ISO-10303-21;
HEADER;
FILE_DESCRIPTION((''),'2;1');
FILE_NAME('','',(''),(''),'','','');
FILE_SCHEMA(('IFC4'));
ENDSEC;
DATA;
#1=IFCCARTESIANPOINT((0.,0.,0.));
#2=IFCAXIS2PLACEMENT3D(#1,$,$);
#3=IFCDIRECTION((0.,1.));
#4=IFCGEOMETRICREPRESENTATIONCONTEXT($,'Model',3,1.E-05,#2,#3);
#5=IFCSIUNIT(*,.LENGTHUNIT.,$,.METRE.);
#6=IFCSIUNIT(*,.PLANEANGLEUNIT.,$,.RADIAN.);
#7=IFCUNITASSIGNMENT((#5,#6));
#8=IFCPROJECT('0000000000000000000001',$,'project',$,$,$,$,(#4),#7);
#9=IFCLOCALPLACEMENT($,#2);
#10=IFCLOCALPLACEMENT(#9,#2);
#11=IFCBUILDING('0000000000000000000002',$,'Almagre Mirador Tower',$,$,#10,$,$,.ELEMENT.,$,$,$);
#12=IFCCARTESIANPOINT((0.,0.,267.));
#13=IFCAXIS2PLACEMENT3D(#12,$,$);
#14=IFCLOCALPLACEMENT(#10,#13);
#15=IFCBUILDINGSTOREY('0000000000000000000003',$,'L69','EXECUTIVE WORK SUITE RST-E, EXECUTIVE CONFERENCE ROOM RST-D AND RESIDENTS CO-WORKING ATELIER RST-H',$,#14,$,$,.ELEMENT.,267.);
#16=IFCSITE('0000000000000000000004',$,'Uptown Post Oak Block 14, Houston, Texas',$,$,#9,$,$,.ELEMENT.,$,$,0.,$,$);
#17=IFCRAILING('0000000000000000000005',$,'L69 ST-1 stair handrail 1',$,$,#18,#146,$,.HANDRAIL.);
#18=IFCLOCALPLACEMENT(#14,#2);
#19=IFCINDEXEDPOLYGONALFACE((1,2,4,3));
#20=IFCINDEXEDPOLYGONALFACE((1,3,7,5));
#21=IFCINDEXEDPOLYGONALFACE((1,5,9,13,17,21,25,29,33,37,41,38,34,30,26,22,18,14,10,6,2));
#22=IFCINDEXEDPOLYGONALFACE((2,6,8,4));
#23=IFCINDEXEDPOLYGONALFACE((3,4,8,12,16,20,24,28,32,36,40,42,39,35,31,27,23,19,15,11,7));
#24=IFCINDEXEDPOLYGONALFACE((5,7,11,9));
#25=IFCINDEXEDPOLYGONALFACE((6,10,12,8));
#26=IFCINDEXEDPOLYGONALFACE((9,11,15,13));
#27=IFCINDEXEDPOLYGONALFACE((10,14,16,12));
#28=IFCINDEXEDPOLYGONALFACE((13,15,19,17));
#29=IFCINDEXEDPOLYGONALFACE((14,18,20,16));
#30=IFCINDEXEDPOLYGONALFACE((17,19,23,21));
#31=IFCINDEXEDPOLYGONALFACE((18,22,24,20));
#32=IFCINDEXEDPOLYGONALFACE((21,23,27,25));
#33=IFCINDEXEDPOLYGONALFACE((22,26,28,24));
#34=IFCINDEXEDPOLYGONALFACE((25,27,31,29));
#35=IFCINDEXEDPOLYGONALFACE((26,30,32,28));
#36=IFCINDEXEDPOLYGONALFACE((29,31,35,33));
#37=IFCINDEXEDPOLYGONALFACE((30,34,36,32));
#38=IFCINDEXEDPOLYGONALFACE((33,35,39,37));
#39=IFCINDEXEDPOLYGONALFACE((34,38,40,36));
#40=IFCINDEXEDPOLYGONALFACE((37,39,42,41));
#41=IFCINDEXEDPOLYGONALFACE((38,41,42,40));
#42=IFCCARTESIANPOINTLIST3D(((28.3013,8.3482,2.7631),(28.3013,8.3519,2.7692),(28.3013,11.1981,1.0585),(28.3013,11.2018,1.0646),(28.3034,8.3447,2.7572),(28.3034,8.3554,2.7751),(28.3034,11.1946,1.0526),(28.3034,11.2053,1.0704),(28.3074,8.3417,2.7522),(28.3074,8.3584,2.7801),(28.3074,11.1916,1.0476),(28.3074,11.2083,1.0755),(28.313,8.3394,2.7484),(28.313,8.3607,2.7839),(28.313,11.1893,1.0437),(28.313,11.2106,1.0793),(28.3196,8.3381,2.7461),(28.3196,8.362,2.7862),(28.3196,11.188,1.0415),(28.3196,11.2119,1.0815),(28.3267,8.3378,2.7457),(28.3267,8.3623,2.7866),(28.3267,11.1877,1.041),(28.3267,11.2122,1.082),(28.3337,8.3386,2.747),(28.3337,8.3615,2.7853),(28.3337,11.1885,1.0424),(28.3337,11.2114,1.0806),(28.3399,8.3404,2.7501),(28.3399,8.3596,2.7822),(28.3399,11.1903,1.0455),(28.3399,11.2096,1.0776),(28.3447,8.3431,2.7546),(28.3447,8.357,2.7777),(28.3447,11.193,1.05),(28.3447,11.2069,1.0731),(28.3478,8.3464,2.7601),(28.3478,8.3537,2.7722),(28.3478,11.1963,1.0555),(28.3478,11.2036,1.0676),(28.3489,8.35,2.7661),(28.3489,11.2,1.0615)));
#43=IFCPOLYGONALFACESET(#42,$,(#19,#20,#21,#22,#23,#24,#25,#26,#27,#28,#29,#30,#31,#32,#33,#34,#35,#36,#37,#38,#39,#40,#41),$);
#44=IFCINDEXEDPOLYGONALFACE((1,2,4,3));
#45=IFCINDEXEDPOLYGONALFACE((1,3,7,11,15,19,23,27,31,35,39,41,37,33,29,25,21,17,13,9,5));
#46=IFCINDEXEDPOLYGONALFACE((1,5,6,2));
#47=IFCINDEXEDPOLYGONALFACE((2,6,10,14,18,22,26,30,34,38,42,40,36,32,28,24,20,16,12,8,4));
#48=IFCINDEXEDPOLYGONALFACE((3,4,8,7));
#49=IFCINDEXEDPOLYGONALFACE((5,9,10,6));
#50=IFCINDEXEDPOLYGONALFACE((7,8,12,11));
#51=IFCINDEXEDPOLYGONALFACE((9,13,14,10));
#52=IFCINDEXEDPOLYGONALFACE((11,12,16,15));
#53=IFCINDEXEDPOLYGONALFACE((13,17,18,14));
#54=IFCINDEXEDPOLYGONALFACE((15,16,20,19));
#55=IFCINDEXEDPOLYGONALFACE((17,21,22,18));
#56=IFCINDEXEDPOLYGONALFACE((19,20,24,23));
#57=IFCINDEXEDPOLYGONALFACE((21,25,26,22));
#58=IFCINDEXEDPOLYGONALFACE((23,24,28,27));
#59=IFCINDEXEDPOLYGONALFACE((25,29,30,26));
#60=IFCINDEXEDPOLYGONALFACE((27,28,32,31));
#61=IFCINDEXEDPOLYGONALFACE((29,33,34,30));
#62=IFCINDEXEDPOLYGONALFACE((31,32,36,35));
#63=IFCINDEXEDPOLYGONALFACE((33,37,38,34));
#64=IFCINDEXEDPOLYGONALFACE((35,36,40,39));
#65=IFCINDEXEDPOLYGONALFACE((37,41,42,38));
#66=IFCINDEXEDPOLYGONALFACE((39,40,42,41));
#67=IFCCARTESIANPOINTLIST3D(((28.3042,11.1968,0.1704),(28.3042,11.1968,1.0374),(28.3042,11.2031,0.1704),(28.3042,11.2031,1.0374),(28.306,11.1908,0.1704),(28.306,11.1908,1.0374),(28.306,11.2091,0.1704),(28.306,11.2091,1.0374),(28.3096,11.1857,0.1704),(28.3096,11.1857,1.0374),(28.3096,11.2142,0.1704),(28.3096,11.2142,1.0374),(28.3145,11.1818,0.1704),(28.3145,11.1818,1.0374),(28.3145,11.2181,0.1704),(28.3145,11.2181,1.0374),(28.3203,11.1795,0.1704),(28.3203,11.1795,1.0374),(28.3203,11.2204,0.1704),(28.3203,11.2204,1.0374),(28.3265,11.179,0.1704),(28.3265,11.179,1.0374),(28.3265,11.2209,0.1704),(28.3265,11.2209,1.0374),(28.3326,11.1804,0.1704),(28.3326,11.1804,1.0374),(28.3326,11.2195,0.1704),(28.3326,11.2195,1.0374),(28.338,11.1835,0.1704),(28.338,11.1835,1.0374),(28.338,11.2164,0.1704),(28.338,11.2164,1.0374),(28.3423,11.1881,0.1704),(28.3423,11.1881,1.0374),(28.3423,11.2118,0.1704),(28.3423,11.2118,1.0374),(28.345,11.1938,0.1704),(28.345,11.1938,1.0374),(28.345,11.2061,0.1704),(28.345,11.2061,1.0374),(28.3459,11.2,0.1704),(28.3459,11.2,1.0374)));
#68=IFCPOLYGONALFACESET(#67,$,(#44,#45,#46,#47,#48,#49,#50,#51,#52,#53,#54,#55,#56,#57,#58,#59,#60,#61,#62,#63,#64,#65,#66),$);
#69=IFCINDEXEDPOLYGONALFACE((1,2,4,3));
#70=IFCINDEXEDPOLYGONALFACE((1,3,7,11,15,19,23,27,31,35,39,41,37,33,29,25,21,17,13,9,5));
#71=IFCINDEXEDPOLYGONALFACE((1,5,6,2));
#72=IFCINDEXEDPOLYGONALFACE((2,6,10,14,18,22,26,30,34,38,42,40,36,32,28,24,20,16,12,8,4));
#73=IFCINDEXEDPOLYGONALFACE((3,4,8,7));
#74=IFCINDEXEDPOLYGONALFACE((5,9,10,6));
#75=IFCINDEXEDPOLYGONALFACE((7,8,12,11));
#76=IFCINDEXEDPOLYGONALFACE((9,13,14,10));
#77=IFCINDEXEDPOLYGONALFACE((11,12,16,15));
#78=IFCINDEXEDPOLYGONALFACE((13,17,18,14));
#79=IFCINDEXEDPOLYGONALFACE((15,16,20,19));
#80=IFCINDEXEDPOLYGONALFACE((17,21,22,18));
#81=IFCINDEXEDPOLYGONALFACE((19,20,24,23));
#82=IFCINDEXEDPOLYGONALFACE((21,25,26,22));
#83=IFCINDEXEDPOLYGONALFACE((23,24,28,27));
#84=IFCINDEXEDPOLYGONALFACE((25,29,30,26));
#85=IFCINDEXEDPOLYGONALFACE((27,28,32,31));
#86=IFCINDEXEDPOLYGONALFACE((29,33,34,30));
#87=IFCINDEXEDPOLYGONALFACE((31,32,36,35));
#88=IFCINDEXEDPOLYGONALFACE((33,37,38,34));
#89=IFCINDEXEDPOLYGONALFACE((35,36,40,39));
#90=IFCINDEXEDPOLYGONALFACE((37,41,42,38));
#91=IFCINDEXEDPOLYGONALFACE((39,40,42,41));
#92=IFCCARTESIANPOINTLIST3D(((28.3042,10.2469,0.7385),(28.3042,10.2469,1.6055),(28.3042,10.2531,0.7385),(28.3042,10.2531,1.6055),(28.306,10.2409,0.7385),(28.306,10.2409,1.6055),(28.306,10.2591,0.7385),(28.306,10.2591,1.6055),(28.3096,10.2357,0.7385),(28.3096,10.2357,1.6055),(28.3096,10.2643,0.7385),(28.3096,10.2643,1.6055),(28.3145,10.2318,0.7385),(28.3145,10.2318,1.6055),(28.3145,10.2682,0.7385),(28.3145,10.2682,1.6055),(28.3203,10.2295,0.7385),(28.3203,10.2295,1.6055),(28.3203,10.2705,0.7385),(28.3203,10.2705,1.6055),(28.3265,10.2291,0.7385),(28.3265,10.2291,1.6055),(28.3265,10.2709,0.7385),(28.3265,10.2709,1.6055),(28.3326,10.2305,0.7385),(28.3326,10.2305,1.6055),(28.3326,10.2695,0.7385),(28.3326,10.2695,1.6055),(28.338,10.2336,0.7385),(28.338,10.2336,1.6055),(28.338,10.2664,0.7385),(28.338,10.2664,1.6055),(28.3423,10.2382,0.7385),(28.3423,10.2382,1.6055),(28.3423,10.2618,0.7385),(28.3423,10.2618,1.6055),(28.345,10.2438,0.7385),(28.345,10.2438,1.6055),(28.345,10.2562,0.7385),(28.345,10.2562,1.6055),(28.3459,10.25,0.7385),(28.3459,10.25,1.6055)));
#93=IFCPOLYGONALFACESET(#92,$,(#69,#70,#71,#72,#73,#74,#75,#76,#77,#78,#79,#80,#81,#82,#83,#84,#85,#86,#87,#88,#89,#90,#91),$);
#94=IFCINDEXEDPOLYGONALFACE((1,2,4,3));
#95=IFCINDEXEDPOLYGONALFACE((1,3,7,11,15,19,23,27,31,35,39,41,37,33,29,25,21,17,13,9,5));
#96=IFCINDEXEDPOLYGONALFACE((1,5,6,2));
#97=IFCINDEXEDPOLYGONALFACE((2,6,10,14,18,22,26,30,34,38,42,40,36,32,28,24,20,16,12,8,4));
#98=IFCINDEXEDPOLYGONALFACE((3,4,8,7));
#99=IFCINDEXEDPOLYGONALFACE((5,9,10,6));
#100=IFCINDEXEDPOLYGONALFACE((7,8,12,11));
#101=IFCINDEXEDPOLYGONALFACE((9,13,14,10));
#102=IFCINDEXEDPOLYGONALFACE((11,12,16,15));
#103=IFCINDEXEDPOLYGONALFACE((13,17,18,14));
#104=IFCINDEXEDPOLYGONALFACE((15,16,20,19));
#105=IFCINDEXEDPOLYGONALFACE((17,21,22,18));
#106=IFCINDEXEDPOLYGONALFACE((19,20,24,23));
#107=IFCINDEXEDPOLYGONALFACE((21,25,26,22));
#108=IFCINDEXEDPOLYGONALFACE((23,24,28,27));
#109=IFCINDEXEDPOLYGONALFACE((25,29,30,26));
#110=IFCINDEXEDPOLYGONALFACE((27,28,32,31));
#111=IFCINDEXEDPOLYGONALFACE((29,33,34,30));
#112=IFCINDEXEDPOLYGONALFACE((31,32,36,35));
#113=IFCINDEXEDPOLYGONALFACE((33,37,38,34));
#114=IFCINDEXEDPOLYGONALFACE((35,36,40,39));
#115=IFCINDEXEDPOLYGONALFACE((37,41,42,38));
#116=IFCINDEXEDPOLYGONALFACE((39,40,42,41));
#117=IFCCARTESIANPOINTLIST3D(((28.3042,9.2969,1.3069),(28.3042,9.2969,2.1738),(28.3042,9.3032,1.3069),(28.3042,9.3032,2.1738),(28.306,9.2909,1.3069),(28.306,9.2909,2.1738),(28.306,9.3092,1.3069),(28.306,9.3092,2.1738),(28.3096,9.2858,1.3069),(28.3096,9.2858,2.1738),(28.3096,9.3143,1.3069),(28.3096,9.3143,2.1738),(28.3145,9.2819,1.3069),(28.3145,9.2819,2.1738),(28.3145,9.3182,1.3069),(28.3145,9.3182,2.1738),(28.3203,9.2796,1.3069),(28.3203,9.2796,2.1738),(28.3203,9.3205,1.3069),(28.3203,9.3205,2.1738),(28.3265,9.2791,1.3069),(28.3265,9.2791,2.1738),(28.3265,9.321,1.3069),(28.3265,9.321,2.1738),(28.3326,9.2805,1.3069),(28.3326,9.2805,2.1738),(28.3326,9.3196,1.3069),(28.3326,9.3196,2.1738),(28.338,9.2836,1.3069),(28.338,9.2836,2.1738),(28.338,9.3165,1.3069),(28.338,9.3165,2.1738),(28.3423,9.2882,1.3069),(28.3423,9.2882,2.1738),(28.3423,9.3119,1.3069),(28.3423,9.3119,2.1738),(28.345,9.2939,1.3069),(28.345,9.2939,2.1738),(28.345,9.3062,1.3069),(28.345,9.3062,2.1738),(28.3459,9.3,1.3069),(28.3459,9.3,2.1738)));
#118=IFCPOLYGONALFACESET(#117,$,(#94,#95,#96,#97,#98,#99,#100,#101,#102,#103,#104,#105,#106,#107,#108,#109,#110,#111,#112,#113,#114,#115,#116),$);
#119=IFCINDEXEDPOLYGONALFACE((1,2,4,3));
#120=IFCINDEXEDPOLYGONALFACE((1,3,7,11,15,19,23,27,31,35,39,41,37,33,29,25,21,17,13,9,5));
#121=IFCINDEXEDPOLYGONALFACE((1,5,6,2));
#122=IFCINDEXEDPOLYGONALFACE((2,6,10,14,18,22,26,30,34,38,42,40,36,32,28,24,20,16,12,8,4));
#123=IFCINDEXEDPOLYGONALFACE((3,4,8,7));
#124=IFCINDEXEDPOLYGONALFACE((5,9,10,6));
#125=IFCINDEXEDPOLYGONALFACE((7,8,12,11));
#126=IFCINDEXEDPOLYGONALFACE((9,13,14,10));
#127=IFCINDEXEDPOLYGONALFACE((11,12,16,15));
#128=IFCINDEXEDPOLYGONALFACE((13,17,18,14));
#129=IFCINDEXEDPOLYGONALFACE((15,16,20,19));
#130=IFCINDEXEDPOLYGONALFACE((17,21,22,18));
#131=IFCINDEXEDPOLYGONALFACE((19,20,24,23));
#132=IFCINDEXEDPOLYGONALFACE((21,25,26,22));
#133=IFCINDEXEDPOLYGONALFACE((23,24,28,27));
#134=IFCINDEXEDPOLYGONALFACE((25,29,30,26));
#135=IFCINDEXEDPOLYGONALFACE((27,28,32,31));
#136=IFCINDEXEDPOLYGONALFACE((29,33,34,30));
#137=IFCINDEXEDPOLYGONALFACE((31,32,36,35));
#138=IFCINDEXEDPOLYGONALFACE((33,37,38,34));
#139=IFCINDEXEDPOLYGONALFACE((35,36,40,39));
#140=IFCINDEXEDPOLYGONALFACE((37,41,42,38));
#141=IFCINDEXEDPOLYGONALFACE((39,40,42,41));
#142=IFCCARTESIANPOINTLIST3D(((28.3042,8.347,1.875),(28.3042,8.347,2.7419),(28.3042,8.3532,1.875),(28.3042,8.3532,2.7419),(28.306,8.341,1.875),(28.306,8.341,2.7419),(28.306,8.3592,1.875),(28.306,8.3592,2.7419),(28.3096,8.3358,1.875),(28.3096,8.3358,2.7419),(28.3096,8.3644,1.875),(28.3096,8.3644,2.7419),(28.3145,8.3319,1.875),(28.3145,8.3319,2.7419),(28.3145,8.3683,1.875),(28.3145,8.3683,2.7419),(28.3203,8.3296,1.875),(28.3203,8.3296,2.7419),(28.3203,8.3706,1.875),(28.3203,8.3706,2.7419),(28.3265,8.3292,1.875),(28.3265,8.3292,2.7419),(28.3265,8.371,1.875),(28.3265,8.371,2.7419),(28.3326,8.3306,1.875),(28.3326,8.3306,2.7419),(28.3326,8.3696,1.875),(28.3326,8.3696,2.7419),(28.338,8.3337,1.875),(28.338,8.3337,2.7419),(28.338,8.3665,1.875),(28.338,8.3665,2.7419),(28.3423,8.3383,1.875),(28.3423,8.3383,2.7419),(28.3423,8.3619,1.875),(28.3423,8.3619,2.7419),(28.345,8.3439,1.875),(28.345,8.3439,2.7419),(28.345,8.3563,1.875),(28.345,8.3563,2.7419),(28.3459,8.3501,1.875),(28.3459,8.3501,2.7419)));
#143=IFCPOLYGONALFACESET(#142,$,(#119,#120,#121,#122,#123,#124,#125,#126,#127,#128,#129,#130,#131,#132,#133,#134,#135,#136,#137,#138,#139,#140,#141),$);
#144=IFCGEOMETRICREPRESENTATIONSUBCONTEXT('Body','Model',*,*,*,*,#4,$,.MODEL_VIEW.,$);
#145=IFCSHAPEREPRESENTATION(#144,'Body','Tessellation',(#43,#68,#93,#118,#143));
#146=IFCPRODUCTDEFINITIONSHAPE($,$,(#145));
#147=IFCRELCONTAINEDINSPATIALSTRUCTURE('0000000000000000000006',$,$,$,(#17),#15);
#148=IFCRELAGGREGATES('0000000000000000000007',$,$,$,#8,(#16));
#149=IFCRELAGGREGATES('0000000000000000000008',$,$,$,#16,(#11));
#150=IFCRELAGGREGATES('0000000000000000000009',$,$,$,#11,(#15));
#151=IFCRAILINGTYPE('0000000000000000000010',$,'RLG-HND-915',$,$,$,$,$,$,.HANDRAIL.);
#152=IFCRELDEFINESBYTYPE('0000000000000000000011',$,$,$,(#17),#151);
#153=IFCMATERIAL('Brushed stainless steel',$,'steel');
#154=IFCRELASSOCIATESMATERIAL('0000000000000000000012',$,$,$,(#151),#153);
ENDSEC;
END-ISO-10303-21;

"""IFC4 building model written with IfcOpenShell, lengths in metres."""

from ifc_helpers import new_model, si_unit, direction, frame, origin, origin_2d, place, context, subcontext, project, spatial, circle, extrude, material, type_object, element, save


model = new_model("IFC4")

# Units and contexts
model_context = context("Model", 3, precision=1e-05, world=origin(), true_north=direction((0.0, 1.0)))
body_context = subcontext(model_context, "Body", "Model", "MODEL_VIEW")
ifc_project = project(units=[si_unit("LENGTHUNIT", "METRE"), si_unit("PLANEANGLEUNIT", "RADIAN")], contexts=[model_context])

# Site, building, storey
site_placement = place(None, origin())
site = spatial("IfcSite", under=ifc_project, at=site_placement, Name="Uptown Post Oak Block 14, Houston, Texas", CompositionType="ELEMENT", RefElevation=0.0)
building_placement = place(site_placement, origin())
building = spatial("IfcBuilding", under=site, at=building_placement, Name="Almagre Mirador Tower", CompositionType="ELEMENT")
storey_placement = place(building_placement, frame((0.0, 0.0, 267.0)))
storey = spatial("IfcBuildingStorey", under=building, at=storey_placement, Name="L69", Description="EXECUTIVE WORK SUITE RST-E, EXECUTIVE CONFERENCE ROOM RST-D AND RESIDENTS CO-WORKING ATELIER RST-H", CompositionType="ELEMENT", Elevation=267.0)

# Railing
ifc_material_1 = material(Name="Brushed stainless steel", Category="steel")
railing_type_1 = type_object("IfcRailingType", Name="RLG-HND-915", PredefinedType="HANDRAIL", material=ifc_material_1)
railing_1_placement = place(storey_placement, frame((28.325, 11.2, 0.1704)))
element("IfcRailing", 1, at=railing_1_placement, inside=storey, type_object=railing_type_1, Name="L69 ST-1 stair handrail 1", PredefinedType="HANDRAIL", context=body_context, shape_type="SweptSolid", body=[
    extrude(circle(Radius=0.0239, at=origin_2d()), frame((0.0, 0.0, 0.8911), z_axis=(0.0, -0.858199, 0.513317), x_axis=(1.0, 0.0, 0.0)), (0.0, 0.0, 1.0), 3.3208),
    extrude(circle(Radius=0.021, at=origin_2d()), origin(), (0.0, 0.0, 1.0), 0.8669),
    extrude(circle(Radius=0.021, at=origin_2d()), frame((0.0, -0.95, 0.5681)), (0.0, 0.0, 1.0), 0.8669),
    extrude(circle(Radius=0.021, at=origin_2d()), frame((0.0, -1.8999, 1.1365)), (0.0, 0.0, 1.0), 0.8669),
    extrude(circle(Radius=0.021, at=origin_2d()), frame((0.0, -2.8499, 1.7046)), (0.0, 0.0, 1.0), 0.8669),
])

save(model, "model.ifc")
